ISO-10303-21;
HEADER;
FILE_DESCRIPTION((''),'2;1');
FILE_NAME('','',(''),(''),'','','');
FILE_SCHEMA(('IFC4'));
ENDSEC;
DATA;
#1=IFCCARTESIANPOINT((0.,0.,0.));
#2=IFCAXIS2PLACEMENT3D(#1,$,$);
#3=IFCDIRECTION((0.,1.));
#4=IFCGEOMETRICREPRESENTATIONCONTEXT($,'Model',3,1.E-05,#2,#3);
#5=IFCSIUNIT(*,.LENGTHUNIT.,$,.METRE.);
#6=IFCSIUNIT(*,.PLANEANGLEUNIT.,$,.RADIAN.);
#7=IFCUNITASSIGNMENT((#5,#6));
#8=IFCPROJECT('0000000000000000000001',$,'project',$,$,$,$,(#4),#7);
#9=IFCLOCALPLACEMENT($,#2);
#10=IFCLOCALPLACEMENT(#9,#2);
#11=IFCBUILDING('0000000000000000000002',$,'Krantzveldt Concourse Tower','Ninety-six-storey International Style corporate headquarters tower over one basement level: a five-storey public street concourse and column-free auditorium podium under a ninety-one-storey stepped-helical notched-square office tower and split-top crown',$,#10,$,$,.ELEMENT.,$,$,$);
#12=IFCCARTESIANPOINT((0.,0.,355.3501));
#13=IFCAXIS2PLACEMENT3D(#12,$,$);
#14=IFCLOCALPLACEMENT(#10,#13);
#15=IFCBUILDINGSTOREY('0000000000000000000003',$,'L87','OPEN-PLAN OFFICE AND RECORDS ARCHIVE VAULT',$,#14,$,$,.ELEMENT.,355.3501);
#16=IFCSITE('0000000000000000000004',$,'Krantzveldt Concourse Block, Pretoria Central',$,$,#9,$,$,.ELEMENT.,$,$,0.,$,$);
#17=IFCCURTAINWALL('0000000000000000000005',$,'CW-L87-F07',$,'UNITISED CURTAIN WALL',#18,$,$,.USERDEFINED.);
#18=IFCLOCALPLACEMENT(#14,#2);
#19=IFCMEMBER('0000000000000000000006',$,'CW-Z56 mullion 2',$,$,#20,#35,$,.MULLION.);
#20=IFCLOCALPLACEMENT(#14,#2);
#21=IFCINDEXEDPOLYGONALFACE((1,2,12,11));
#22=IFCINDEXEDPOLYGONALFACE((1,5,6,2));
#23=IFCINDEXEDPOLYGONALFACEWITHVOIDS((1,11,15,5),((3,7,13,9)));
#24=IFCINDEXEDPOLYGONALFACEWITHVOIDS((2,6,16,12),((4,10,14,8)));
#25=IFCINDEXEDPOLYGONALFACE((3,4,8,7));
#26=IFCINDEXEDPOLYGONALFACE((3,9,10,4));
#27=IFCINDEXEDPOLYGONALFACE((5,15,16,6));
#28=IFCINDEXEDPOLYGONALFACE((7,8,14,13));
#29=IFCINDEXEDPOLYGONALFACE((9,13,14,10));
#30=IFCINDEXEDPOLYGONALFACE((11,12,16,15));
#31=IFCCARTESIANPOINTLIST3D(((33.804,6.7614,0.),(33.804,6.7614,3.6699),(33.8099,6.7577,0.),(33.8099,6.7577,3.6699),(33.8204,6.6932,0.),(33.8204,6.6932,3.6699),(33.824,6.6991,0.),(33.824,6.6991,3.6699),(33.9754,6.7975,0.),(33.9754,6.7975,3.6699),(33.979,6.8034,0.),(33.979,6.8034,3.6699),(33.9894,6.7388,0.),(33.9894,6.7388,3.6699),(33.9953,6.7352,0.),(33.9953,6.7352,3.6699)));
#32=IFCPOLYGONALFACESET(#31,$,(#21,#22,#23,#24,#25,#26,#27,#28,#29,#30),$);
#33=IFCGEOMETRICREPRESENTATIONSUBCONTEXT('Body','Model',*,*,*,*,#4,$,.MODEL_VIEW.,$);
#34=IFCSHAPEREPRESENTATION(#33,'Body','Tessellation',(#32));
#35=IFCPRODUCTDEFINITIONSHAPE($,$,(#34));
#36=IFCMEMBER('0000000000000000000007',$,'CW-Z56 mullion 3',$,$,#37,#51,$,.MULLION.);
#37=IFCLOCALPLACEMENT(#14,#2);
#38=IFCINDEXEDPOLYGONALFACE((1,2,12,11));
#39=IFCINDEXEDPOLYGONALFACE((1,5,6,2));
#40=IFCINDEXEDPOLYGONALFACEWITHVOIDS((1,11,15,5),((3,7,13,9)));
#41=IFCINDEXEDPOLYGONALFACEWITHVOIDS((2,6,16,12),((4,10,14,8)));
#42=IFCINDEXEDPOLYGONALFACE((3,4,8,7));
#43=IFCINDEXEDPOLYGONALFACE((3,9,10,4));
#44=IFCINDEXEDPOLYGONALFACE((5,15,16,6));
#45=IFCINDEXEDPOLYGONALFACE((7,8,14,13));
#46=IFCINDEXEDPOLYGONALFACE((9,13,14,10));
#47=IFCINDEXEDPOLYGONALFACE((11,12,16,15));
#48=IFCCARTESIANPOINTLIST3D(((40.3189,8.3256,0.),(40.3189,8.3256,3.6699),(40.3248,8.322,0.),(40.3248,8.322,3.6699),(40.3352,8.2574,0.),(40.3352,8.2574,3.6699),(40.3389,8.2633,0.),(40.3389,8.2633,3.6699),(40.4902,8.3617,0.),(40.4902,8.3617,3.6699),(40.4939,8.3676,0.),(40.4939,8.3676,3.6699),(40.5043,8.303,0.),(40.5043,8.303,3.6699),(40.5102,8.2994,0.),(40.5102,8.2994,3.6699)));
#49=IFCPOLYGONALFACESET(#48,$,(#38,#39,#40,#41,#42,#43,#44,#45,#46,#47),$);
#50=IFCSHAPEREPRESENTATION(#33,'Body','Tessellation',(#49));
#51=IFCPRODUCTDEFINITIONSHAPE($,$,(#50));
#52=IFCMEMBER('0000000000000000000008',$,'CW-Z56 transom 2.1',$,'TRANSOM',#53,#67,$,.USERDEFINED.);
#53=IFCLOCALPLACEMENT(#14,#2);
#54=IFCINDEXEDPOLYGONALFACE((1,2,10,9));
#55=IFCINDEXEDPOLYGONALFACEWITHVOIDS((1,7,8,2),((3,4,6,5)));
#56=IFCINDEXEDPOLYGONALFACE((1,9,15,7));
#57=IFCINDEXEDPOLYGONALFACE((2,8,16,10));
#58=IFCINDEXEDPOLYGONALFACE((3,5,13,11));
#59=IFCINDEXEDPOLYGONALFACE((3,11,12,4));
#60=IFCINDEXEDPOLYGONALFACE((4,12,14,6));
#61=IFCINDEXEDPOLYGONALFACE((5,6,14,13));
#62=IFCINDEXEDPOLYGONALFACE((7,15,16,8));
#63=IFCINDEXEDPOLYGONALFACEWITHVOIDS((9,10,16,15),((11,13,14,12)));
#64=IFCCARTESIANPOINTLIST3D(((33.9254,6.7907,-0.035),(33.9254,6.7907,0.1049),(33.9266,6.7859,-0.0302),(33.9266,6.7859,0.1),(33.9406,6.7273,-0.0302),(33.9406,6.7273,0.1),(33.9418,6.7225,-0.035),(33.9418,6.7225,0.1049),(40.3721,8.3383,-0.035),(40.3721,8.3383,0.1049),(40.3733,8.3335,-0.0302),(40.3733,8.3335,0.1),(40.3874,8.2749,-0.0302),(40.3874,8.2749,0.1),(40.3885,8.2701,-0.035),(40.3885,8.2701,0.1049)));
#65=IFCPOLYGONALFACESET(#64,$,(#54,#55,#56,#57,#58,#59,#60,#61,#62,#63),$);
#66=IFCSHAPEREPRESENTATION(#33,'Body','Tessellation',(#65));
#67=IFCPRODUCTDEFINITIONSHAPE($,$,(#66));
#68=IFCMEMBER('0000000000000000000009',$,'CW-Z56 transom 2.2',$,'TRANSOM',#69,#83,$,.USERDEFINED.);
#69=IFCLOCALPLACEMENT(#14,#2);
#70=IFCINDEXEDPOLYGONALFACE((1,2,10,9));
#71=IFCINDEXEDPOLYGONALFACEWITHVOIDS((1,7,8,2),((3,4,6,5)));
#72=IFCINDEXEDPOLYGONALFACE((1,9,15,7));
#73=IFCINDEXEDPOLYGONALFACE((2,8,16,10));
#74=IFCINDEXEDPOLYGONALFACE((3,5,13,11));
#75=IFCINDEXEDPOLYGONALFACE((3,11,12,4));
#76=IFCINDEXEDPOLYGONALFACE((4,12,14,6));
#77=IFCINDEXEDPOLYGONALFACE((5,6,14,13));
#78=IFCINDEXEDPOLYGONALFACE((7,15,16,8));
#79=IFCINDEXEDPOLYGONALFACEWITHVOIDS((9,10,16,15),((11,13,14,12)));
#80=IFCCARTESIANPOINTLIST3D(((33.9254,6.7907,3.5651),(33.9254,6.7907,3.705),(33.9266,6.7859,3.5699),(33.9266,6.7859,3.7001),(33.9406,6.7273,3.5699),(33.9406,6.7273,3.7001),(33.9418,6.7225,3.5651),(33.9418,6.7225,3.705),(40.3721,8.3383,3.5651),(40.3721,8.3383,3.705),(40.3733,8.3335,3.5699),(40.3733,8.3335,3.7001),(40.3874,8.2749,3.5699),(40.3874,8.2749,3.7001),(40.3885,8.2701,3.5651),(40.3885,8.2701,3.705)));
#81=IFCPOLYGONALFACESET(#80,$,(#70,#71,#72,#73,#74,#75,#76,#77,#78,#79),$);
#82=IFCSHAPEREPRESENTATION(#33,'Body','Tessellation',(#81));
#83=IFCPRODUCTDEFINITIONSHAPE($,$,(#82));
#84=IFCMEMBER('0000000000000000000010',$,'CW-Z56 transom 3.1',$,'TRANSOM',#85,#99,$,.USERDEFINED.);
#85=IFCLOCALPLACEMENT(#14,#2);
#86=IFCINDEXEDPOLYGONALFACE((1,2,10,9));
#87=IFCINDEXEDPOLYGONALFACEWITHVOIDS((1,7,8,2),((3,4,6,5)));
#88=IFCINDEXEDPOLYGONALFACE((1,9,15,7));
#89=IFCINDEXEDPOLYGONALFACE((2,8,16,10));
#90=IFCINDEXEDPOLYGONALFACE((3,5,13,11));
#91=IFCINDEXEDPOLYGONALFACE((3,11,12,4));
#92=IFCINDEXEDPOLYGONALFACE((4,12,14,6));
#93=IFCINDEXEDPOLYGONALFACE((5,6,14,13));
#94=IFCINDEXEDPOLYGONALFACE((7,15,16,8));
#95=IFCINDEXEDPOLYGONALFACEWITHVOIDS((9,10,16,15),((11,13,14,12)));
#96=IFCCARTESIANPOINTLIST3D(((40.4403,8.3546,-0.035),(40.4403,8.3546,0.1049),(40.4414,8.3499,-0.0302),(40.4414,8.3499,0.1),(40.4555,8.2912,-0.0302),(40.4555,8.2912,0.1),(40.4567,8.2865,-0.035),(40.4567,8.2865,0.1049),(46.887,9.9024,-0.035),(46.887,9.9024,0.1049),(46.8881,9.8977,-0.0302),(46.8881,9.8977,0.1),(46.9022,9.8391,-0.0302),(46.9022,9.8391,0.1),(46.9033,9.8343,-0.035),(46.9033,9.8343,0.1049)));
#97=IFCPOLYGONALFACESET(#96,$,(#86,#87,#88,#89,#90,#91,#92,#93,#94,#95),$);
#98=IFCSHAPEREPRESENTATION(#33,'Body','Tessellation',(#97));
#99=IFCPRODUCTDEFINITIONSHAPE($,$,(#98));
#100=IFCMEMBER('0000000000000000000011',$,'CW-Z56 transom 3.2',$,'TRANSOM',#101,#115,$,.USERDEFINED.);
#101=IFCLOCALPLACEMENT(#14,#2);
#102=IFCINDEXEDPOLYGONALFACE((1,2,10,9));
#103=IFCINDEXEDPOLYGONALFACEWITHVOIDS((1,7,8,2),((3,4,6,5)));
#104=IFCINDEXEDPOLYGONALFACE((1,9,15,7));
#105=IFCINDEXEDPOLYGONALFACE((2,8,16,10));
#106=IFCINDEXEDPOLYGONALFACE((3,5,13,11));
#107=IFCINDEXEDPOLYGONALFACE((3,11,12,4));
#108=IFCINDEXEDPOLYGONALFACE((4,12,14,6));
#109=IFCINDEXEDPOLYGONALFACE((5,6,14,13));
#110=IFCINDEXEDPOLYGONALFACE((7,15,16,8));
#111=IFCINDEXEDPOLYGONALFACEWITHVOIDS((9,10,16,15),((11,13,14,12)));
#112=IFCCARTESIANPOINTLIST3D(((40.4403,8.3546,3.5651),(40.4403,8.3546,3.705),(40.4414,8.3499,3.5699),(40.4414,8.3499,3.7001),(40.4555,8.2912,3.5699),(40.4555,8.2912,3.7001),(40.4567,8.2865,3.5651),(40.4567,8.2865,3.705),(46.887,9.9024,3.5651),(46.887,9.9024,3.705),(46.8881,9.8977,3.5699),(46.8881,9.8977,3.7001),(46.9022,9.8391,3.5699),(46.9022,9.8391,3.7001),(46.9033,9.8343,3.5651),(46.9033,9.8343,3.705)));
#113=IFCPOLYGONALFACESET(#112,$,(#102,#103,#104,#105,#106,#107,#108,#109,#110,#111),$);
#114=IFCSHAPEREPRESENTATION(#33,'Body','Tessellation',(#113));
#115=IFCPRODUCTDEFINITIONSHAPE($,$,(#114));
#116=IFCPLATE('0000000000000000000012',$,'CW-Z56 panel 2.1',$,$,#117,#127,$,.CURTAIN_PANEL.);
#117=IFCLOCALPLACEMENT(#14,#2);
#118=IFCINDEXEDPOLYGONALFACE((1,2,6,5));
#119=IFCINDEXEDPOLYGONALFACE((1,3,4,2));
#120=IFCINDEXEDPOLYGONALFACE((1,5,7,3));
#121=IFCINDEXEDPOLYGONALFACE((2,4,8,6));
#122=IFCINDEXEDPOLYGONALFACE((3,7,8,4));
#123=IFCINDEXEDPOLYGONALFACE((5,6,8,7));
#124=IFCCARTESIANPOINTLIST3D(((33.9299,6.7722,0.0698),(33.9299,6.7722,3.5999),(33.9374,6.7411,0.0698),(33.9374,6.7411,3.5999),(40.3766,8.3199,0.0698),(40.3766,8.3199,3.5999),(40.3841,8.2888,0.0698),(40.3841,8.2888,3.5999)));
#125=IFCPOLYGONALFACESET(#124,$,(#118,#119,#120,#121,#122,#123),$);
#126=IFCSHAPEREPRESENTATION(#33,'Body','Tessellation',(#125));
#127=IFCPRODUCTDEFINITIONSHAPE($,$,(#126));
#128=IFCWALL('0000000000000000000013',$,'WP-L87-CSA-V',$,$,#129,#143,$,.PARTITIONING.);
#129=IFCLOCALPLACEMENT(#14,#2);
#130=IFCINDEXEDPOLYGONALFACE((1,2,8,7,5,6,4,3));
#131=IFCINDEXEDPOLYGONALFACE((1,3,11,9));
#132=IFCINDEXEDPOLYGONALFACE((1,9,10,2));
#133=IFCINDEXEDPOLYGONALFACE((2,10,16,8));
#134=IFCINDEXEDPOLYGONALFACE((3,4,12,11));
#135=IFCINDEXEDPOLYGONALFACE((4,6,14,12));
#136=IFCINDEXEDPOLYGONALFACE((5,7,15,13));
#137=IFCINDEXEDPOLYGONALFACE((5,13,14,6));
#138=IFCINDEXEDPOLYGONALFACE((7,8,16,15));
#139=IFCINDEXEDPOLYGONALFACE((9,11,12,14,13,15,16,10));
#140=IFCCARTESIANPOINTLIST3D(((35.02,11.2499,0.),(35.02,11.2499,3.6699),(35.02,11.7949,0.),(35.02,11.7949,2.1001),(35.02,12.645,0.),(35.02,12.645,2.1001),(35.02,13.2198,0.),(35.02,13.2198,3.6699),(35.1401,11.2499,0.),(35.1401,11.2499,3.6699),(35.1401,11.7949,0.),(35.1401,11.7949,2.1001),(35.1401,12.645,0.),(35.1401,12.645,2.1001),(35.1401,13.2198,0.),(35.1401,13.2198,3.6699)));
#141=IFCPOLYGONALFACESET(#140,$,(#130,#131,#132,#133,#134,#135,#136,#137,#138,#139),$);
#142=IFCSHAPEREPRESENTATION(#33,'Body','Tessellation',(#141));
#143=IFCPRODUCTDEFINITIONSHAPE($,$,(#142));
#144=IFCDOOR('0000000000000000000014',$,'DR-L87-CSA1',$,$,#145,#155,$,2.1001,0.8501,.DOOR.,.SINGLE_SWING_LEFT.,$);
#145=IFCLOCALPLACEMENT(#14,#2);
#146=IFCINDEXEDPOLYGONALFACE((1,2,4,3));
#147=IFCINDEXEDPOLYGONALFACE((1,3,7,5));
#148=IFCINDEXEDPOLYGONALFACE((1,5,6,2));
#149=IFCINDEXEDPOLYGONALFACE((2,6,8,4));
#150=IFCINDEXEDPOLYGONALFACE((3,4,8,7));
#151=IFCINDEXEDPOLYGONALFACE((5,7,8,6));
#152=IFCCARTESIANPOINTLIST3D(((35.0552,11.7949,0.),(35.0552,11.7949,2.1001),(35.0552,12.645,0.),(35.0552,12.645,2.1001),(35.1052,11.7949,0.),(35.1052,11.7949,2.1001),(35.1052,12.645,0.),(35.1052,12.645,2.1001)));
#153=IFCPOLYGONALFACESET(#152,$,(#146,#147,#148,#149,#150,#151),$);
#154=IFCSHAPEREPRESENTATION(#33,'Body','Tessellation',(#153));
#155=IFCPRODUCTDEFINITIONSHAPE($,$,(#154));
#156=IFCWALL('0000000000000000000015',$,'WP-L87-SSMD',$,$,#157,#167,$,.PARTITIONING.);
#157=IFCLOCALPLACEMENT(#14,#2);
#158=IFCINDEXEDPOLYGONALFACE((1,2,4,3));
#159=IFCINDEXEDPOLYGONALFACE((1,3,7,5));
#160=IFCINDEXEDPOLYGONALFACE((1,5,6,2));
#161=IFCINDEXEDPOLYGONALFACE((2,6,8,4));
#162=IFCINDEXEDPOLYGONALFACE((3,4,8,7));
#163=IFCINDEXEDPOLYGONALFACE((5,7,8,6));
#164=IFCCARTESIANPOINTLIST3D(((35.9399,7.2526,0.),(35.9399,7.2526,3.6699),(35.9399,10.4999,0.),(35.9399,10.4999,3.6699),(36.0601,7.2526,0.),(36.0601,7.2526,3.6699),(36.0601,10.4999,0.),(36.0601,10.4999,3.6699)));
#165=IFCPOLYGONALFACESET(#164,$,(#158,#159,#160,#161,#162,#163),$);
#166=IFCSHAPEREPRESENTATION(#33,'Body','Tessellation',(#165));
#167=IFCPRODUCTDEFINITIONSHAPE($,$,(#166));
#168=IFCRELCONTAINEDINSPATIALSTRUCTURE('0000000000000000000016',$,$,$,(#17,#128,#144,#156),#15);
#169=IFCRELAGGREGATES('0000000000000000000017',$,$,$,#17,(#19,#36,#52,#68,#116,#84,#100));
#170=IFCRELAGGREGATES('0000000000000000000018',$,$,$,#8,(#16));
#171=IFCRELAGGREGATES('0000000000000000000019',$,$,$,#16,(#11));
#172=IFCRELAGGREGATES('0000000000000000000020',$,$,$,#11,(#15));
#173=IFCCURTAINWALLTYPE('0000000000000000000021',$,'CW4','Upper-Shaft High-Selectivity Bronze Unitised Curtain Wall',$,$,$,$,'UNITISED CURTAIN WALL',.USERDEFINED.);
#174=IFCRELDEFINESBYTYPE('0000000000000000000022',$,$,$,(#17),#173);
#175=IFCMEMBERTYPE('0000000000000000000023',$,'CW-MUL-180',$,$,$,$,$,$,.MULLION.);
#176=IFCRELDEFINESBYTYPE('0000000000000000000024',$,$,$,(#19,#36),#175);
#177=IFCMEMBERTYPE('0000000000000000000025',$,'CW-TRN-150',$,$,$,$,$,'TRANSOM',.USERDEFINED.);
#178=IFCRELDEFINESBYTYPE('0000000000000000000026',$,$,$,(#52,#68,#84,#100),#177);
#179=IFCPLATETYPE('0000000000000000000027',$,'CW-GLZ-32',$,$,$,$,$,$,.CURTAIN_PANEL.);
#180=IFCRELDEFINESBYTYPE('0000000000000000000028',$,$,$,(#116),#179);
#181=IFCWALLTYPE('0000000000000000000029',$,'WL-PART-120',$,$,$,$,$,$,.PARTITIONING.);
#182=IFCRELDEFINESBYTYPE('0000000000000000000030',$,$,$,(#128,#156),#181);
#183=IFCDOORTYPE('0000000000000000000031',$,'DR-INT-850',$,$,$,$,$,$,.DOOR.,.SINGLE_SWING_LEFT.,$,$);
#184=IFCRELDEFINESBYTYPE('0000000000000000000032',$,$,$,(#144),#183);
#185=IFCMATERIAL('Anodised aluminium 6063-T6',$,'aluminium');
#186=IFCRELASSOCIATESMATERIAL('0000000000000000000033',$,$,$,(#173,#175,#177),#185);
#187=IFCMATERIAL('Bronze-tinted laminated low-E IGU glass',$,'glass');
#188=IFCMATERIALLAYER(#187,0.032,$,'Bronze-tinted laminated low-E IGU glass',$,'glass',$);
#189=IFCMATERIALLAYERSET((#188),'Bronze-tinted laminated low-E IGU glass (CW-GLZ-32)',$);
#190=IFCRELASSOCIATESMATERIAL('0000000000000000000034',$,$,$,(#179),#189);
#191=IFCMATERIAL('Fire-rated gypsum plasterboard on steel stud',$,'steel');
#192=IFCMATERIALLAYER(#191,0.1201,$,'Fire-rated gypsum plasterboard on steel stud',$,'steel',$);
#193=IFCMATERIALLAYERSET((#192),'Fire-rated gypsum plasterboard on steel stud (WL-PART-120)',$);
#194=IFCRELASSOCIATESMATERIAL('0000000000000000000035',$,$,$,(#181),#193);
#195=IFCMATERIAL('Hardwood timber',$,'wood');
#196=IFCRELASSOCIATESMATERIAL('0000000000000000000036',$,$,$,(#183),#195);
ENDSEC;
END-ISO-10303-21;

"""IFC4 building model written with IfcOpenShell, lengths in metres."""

from ifc_helpers import new_model, si_unit, direction, frame, frame_2d, origin, origin_2d, place, context, subcontext, project, spatial, rectangle, hollow_rectangle, extrude, source, transform, mapped, material, layer, layer_set, material_profile, profile_set, type_object, type_shapes, element, fill, aggregate, save


model = new_model("IFC4")

# Units and contexts
model_context = context("Model", 3, precision=1e-05, world=origin(), true_north=direction((0.0, 1.0)))
body_context = subcontext(model_context, "Body", "Model", "MODEL_VIEW")
ifc_project = project(units=[si_unit("LENGTHUNIT", "METRE"), si_unit("PLANEANGLEUNIT", "RADIAN")], contexts=[model_context])

# Site, building, storey
site_placement = place(None, origin())
site = spatial("IfcSite", under=ifc_project, at=site_placement, Name="Krantzveldt Concourse Block, Pretoria Central", CompositionType="ELEMENT", RefElevation=0.0)
building_placement = place(site_placement, origin())
building = spatial("IfcBuilding", under=site, at=building_placement, Name="Krantzveldt Concourse Tower", Description="Ninety-six-storey International Style corporate headquarters tower over one basement level: a five-storey public street concourse and column-free auditorium podium under a ninety-one-storey stepped-helical notched-square office tower and split-top crown", CompositionType="ELEMENT")
storey_placement = place(building_placement, frame((0.0, 0.0, 355.3501)))
storey = spatial("IfcBuildingStorey", under=building, at=storey_placement, Name="L87", Description="OPEN-PLAN OFFICE AND RECORDS ARCHIVE VAULT", CompositionType="ELEMENT", Elevation=355.3501)

# Curtain wall, members, plate
ifc_material_1 = material(Name="Anodised aluminium 6063-T6", Category="aluminium")
curtain_wall_type = type_object("IfcCurtainWallType", Name="CW4", Description="Upper-Shaft High-Selectivity Bronze Unitised Curtain Wall", ElementType="UNITISED CURTAIN WALL", PredefinedType="USERDEFINED", material=ifc_material_1)
curtain_wall_placement = place(storey_placement, origin())
curtain_wall = element("IfcCurtainWall", 1, at=curtain_wall_placement, inside=storey, type_object=curtain_wall_type, Name="CW-L87-F07", ObjectType="UNITISED CURTAIN WALL", PredefinedType="USERDEFINED")
ifc_material_profile_1 = material_profile(ifc_material_1, hollow_rectangle(XDim=0.0701, YDim=0.1799, WallThickness=0.0049, at=origin_2d()), Name="Anodised aluminium 6063-T6", Category="aluminium")
ifc_profile_set_1 = profile_set([ifc_material_profile_1], Name="Anodised aluminium 6063-T6 - ALU-MULL 180x70x5")
member_type_1 = type_object("IfcMemberType", Name="CW-MUL-180", PredefinedType="MULLION", material=ifc_profile_set_1)
shared_shape_1 = source(origin(), body_context, "Body", "SweptSolid", [
    extrude(hollow_rectangle(XDim=0.0701, YDim=0.1799, WallThickness=0.0049, at=origin_2d()), origin(), (0.0, 0.0, 1.0), 3.6699),
])
type_shapes(member_type_1, [shared_shape_1])
member_1_placement = place(storey_placement, frame((33.8997, 6.7483, 0.0), z_axis=(0.0, 0.0, 1.0), x_axis=(-0.233445, 0.97237, 0.0)))
member_1 = element("IfcMember", 2, at=member_1_placement, type_object=member_type_1, Name="CW-Z56 mullion 2", PredefinedType="MULLION", context=body_context, shape_type="MappedRepresentation", body=[
    mapped(shared_shape_1, transform((0.0, 0.0, 0.0), x_axis=(1.0, 0.0, 0.0), y_axis=(0.0, 1.0, 0.0), z_axis=(0.0, 0.0, 1.0), scale=1.0)),
])
member_2_placement = place(storey_placement, frame((40.4146, 8.3125, 0.0), z_axis=(0.0, 0.0, 1.0), x_axis=(-0.233445, 0.97237, 0.0)))
member_2 = element("IfcMember", 3, at=member_2_placement, type_object=member_type_1, Name="CW-Z56 mullion 3", PredefinedType="MULLION", context=body_context, shape_type="MappedRepresentation", body=[
    mapped(shared_shape_1, transform((0.0, 0.0, 0.0), x_axis=(1.0, 0.0, 0.0), y_axis=(0.0, 1.0, 0.0), z_axis=(0.0, 0.0, 1.0), scale=1.0)),
])
ifc_material_profile_2 = material_profile(ifc_material_1, hollow_rectangle(XDim=0.0701, YDim=0.1399, WallThickness=0.0049, at=origin_2d()), Name="Anodised aluminium 6063-T6", Category="aluminium")
ifc_profile_set_2 = profile_set([ifc_material_profile_2], Name="Anodised aluminium 6063-T6 - ALU-TRAN 140x70x5")
member_type_2 = type_object("IfcMemberType", Name="CW-TRN-150", ElementType="TRANSOM", PredefinedType="USERDEFINED", material=ifc_profile_set_2)
shared_shape_2 = source(origin(), body_context, "Body", "SweptSolid", [
    extrude(hollow_rectangle(XDim=0.0701, YDim=0.1399, WallThickness=0.0049, at=origin_2d()), origin(), (0.0, 0.0, 1.0), 6.6299),
])
type_shapes(member_type_2, [shared_shape_2])
member_3_placement = place(storey_placement, frame((33.9336, 6.7566, 0.0349), z_axis=(0.972374, 0.233427, 0.0), x_axis=(-0.233427, 0.972374, 0.0)))
member_3 = element("IfcMember", 4, at=member_3_placement, type_object=member_type_2, Name="CW-Z56 transom 2.1", ObjectType="TRANSOM", PredefinedType="USERDEFINED", context=body_context, shape_type="MappedRepresentation", body=[
    mapped(shared_shape_2, transform((0.0, 0.0, 0.0), x_axis=(1.0, 0.0, 0.0), y_axis=(0.0, 1.0, 0.0), z_axis=(0.0, 0.0, 1.0), scale=1.0)),
])
member_4_placement = place(storey_placement, frame((33.9336, 6.7566, 3.635), z_axis=(0.972374, 0.233427, 0.0), x_axis=(-0.233427, 0.972374, 0.0)))
member_4 = element("IfcMember", 5, at=member_4_placement, type_object=member_type_2, Name="CW-Z56 transom 2.2", ObjectType="TRANSOM", PredefinedType="USERDEFINED", context=body_context, shape_type="MappedRepresentation", body=[
    mapped(shared_shape_2, transform((0.0, 0.0, 0.0), x_axis=(1.0, 0.0, 0.0), y_axis=(0.0, 1.0, 0.0), z_axis=(0.0, 0.0, 1.0), scale=1.0)),
])
member_5_placement = place(storey_placement, frame((40.4485, 8.3206, 0.0349), z_axis=(0.972366, 0.233462, 0.0), x_axis=(-0.233462, 0.972366, 0.0)))
member_5 = element("IfcMember", 6, at=member_5_placement, type_object=member_type_2, Name="CW-Z56 transom 3.1", ObjectType="TRANSOM", PredefinedType="USERDEFINED", context=body_context, shape_type="MappedRepresentation", body=[
    mapped(shared_shape_2, transform((0.0, 0.0, 0.0), x_axis=(1.0, 0.0, 0.0), y_axis=(0.0, 1.0, 0.0), z_axis=(0.0, 0.0, 1.0), scale=1.0)),
])
member_6_placement = place(storey_placement, frame((40.4485, 8.3206, 3.635), z_axis=(0.972366, 0.233462, 0.0), x_axis=(-0.233462, 0.972366, 0.0)))
member_6 = element("IfcMember", 7, at=member_6_placement, type_object=member_type_2, Name="CW-Z56 transom 3.2", ObjectType="TRANSOM", PredefinedType="USERDEFINED", context=body_context, shape_type="MappedRepresentation", body=[
    mapped(shared_shape_2, transform((0.0, 0.0, 0.0), x_axis=(1.0, 0.0, 0.0), y_axis=(0.0, 1.0, 0.0), z_axis=(0.0, 0.0, 1.0), scale=1.0)),
])
ifc_material_2 = material(Name="Bronze-tinted laminated low-E IGU glass", Category="glass")
ifc_layer_1 = layer(ifc_material_2, 0.032, Name="Bronze-tinted laminated low-E IGU glass", Category="glass")
ifc_layer_set_1 = layer_set([ifc_layer_1], Name="Bronze-tinted laminated low-E IGU glass (CW-GLZ-32)")
plate_type = type_object("IfcPlateType", Name="CW-GLZ-32", PredefinedType="CURTAIN_PANEL", material=ifc_layer_set_1)
shared_shape_3 = source(origin(), body_context, "Body", "SweptSolid", [
    extrude(rectangle(XDim=6.6299, YDim=0.032, at=origin_2d()), origin(), (0.0, 0.0, 1.0), 3.53),
])
type_shapes(plate_type, [shared_shape_3])
plate_placement = place(storey_placement, frame((37.157, 7.5305, 0.0698), z_axis=(0.0, 0.0, 1.0), x_axis=(0.97237, 0.233445, 0.0)))
plate = element("IfcPlate", 8, at=plate_placement, type_object=plate_type, Name="CW-Z56 panel 2.1", PredefinedType="CURTAIN_PANEL", context=body_context, shape_type="MappedRepresentation", body=[
    mapped(shared_shape_3, transform((0.0, 0.0, 0.0), x_axis=(1.0, 0.0, 0.0), y_axis=(0.0, 1.0, 0.0), z_axis=(0.0, 0.0, 1.0), scale=1.0)),
])
aggregate(curtain_wall, [member_1, member_2, member_3, member_4, plate, member_5, member_6])

# Wall, opening, door
ifc_material_3 = material(Name="Fire-rated gypsum plasterboard on steel stud", Category="steel")
ifc_layer_2 = layer(ifc_material_3, 0.1201, Name="Fire-rated gypsum plasterboard on steel stud", Category="steel")
ifc_layer_set_2 = layer_set([ifc_layer_2], Name="Fire-rated gypsum plasterboard on steel stud (WL-PART-120)")
wall_type_1 = type_object("IfcWallType", Name="WL-PART-120", PredefinedType="PARTITIONING", material=ifc_layer_set_2)
wall_1_placement = place(storey_placement, frame((35.0801, 11.25, 0.0), z_axis=(0.0, 0.0, 1.0), x_axis=(0.0, 1.0, 0.0)))
wall_1 = element("IfcWall", 9, at=wall_1_placement, inside=storey, type_object=wall_type_1, Name="WP-L87-CSA-V", PredefinedType="PARTITIONING", context=body_context, shape_type="SweptSolid", body=[
    extrude(rectangle(XDim=1.97, YDim=0.1201, at=frame_2d((0.9849, 0.0))), origin(), (0.0, 0.0, 1.0), 3.6699),
])
opening_1_placement = place(wall_1_placement, frame((0.5449, 0.0, 0.0)))
opening_1 = element("IfcOpeningElement", 10, at=opening_1_placement, cuts=wall_1, PredefinedType="OPENING", context=body_context, shape_type="SweptSolid", body=[
    extrude(rectangle(XDim=0.8501, YDim=2.1001, at=frame_2d((0.425, 1.05))), frame((0.0, 0.0701, 0.0), z_axis=(0.0, -1.0, 0.0), x_axis=(1.0, 0.0, 0.0)), (0.0, 0.0, 1.0), 0.1401),
])
ifc_material_4 = material(Name="Hardwood timber", Category="wood")
door_type_1 = type_object("IfcDoorType", Name="DR-INT-850", OperationType="SINGLE_SWING_LEFT", PredefinedType="DOOR", material=ifc_material_4)
door_1_placement = place(opening_1_placement, origin())
door_1 = element("IfcDoor", 11, at=door_1_placement, inside=storey, type_object=door_type_1, Name="DR-L87-CSA1", OperationType="SINGLE_SWING_LEFT", OverallHeight=2.1001, OverallWidth=0.8501, PredefinedType="DOOR", context=body_context, shape_type="SweptSolid", body=[
    extrude(rectangle(XDim=0.8501, YDim=2.1001, at=frame_2d((0.425, 1.05))), frame((0.0, 0.0249, 0.0), z_axis=(0.0, -1.0, 0.0), x_axis=(1.0, 0.0, 0.0)), (0.0, 0.0, 1.0), 0.05),
])
fill(opening_1, door_1)

# Wall
wall_2_placement = place(storey_placement, frame((36.0, 7.2527, 0.0), z_axis=(0.0, 0.0, 1.0), x_axis=(0.0, 1.0, 0.0)))
element("IfcWall", 12, at=wall_2_placement, inside=storey, type_object=wall_type_1, Name="WP-L87-SSMD", PredefinedType="PARTITIONING", context=body_context, shape_type="SweptSolid", body=[
    extrude(rectangle(XDim=3.2473, YDim=0.1201, at=frame_2d((1.6235, 0.0))), origin(), (0.0, 0.0, 1.0), 3.6699),
])

save(model, "model.ifc")
